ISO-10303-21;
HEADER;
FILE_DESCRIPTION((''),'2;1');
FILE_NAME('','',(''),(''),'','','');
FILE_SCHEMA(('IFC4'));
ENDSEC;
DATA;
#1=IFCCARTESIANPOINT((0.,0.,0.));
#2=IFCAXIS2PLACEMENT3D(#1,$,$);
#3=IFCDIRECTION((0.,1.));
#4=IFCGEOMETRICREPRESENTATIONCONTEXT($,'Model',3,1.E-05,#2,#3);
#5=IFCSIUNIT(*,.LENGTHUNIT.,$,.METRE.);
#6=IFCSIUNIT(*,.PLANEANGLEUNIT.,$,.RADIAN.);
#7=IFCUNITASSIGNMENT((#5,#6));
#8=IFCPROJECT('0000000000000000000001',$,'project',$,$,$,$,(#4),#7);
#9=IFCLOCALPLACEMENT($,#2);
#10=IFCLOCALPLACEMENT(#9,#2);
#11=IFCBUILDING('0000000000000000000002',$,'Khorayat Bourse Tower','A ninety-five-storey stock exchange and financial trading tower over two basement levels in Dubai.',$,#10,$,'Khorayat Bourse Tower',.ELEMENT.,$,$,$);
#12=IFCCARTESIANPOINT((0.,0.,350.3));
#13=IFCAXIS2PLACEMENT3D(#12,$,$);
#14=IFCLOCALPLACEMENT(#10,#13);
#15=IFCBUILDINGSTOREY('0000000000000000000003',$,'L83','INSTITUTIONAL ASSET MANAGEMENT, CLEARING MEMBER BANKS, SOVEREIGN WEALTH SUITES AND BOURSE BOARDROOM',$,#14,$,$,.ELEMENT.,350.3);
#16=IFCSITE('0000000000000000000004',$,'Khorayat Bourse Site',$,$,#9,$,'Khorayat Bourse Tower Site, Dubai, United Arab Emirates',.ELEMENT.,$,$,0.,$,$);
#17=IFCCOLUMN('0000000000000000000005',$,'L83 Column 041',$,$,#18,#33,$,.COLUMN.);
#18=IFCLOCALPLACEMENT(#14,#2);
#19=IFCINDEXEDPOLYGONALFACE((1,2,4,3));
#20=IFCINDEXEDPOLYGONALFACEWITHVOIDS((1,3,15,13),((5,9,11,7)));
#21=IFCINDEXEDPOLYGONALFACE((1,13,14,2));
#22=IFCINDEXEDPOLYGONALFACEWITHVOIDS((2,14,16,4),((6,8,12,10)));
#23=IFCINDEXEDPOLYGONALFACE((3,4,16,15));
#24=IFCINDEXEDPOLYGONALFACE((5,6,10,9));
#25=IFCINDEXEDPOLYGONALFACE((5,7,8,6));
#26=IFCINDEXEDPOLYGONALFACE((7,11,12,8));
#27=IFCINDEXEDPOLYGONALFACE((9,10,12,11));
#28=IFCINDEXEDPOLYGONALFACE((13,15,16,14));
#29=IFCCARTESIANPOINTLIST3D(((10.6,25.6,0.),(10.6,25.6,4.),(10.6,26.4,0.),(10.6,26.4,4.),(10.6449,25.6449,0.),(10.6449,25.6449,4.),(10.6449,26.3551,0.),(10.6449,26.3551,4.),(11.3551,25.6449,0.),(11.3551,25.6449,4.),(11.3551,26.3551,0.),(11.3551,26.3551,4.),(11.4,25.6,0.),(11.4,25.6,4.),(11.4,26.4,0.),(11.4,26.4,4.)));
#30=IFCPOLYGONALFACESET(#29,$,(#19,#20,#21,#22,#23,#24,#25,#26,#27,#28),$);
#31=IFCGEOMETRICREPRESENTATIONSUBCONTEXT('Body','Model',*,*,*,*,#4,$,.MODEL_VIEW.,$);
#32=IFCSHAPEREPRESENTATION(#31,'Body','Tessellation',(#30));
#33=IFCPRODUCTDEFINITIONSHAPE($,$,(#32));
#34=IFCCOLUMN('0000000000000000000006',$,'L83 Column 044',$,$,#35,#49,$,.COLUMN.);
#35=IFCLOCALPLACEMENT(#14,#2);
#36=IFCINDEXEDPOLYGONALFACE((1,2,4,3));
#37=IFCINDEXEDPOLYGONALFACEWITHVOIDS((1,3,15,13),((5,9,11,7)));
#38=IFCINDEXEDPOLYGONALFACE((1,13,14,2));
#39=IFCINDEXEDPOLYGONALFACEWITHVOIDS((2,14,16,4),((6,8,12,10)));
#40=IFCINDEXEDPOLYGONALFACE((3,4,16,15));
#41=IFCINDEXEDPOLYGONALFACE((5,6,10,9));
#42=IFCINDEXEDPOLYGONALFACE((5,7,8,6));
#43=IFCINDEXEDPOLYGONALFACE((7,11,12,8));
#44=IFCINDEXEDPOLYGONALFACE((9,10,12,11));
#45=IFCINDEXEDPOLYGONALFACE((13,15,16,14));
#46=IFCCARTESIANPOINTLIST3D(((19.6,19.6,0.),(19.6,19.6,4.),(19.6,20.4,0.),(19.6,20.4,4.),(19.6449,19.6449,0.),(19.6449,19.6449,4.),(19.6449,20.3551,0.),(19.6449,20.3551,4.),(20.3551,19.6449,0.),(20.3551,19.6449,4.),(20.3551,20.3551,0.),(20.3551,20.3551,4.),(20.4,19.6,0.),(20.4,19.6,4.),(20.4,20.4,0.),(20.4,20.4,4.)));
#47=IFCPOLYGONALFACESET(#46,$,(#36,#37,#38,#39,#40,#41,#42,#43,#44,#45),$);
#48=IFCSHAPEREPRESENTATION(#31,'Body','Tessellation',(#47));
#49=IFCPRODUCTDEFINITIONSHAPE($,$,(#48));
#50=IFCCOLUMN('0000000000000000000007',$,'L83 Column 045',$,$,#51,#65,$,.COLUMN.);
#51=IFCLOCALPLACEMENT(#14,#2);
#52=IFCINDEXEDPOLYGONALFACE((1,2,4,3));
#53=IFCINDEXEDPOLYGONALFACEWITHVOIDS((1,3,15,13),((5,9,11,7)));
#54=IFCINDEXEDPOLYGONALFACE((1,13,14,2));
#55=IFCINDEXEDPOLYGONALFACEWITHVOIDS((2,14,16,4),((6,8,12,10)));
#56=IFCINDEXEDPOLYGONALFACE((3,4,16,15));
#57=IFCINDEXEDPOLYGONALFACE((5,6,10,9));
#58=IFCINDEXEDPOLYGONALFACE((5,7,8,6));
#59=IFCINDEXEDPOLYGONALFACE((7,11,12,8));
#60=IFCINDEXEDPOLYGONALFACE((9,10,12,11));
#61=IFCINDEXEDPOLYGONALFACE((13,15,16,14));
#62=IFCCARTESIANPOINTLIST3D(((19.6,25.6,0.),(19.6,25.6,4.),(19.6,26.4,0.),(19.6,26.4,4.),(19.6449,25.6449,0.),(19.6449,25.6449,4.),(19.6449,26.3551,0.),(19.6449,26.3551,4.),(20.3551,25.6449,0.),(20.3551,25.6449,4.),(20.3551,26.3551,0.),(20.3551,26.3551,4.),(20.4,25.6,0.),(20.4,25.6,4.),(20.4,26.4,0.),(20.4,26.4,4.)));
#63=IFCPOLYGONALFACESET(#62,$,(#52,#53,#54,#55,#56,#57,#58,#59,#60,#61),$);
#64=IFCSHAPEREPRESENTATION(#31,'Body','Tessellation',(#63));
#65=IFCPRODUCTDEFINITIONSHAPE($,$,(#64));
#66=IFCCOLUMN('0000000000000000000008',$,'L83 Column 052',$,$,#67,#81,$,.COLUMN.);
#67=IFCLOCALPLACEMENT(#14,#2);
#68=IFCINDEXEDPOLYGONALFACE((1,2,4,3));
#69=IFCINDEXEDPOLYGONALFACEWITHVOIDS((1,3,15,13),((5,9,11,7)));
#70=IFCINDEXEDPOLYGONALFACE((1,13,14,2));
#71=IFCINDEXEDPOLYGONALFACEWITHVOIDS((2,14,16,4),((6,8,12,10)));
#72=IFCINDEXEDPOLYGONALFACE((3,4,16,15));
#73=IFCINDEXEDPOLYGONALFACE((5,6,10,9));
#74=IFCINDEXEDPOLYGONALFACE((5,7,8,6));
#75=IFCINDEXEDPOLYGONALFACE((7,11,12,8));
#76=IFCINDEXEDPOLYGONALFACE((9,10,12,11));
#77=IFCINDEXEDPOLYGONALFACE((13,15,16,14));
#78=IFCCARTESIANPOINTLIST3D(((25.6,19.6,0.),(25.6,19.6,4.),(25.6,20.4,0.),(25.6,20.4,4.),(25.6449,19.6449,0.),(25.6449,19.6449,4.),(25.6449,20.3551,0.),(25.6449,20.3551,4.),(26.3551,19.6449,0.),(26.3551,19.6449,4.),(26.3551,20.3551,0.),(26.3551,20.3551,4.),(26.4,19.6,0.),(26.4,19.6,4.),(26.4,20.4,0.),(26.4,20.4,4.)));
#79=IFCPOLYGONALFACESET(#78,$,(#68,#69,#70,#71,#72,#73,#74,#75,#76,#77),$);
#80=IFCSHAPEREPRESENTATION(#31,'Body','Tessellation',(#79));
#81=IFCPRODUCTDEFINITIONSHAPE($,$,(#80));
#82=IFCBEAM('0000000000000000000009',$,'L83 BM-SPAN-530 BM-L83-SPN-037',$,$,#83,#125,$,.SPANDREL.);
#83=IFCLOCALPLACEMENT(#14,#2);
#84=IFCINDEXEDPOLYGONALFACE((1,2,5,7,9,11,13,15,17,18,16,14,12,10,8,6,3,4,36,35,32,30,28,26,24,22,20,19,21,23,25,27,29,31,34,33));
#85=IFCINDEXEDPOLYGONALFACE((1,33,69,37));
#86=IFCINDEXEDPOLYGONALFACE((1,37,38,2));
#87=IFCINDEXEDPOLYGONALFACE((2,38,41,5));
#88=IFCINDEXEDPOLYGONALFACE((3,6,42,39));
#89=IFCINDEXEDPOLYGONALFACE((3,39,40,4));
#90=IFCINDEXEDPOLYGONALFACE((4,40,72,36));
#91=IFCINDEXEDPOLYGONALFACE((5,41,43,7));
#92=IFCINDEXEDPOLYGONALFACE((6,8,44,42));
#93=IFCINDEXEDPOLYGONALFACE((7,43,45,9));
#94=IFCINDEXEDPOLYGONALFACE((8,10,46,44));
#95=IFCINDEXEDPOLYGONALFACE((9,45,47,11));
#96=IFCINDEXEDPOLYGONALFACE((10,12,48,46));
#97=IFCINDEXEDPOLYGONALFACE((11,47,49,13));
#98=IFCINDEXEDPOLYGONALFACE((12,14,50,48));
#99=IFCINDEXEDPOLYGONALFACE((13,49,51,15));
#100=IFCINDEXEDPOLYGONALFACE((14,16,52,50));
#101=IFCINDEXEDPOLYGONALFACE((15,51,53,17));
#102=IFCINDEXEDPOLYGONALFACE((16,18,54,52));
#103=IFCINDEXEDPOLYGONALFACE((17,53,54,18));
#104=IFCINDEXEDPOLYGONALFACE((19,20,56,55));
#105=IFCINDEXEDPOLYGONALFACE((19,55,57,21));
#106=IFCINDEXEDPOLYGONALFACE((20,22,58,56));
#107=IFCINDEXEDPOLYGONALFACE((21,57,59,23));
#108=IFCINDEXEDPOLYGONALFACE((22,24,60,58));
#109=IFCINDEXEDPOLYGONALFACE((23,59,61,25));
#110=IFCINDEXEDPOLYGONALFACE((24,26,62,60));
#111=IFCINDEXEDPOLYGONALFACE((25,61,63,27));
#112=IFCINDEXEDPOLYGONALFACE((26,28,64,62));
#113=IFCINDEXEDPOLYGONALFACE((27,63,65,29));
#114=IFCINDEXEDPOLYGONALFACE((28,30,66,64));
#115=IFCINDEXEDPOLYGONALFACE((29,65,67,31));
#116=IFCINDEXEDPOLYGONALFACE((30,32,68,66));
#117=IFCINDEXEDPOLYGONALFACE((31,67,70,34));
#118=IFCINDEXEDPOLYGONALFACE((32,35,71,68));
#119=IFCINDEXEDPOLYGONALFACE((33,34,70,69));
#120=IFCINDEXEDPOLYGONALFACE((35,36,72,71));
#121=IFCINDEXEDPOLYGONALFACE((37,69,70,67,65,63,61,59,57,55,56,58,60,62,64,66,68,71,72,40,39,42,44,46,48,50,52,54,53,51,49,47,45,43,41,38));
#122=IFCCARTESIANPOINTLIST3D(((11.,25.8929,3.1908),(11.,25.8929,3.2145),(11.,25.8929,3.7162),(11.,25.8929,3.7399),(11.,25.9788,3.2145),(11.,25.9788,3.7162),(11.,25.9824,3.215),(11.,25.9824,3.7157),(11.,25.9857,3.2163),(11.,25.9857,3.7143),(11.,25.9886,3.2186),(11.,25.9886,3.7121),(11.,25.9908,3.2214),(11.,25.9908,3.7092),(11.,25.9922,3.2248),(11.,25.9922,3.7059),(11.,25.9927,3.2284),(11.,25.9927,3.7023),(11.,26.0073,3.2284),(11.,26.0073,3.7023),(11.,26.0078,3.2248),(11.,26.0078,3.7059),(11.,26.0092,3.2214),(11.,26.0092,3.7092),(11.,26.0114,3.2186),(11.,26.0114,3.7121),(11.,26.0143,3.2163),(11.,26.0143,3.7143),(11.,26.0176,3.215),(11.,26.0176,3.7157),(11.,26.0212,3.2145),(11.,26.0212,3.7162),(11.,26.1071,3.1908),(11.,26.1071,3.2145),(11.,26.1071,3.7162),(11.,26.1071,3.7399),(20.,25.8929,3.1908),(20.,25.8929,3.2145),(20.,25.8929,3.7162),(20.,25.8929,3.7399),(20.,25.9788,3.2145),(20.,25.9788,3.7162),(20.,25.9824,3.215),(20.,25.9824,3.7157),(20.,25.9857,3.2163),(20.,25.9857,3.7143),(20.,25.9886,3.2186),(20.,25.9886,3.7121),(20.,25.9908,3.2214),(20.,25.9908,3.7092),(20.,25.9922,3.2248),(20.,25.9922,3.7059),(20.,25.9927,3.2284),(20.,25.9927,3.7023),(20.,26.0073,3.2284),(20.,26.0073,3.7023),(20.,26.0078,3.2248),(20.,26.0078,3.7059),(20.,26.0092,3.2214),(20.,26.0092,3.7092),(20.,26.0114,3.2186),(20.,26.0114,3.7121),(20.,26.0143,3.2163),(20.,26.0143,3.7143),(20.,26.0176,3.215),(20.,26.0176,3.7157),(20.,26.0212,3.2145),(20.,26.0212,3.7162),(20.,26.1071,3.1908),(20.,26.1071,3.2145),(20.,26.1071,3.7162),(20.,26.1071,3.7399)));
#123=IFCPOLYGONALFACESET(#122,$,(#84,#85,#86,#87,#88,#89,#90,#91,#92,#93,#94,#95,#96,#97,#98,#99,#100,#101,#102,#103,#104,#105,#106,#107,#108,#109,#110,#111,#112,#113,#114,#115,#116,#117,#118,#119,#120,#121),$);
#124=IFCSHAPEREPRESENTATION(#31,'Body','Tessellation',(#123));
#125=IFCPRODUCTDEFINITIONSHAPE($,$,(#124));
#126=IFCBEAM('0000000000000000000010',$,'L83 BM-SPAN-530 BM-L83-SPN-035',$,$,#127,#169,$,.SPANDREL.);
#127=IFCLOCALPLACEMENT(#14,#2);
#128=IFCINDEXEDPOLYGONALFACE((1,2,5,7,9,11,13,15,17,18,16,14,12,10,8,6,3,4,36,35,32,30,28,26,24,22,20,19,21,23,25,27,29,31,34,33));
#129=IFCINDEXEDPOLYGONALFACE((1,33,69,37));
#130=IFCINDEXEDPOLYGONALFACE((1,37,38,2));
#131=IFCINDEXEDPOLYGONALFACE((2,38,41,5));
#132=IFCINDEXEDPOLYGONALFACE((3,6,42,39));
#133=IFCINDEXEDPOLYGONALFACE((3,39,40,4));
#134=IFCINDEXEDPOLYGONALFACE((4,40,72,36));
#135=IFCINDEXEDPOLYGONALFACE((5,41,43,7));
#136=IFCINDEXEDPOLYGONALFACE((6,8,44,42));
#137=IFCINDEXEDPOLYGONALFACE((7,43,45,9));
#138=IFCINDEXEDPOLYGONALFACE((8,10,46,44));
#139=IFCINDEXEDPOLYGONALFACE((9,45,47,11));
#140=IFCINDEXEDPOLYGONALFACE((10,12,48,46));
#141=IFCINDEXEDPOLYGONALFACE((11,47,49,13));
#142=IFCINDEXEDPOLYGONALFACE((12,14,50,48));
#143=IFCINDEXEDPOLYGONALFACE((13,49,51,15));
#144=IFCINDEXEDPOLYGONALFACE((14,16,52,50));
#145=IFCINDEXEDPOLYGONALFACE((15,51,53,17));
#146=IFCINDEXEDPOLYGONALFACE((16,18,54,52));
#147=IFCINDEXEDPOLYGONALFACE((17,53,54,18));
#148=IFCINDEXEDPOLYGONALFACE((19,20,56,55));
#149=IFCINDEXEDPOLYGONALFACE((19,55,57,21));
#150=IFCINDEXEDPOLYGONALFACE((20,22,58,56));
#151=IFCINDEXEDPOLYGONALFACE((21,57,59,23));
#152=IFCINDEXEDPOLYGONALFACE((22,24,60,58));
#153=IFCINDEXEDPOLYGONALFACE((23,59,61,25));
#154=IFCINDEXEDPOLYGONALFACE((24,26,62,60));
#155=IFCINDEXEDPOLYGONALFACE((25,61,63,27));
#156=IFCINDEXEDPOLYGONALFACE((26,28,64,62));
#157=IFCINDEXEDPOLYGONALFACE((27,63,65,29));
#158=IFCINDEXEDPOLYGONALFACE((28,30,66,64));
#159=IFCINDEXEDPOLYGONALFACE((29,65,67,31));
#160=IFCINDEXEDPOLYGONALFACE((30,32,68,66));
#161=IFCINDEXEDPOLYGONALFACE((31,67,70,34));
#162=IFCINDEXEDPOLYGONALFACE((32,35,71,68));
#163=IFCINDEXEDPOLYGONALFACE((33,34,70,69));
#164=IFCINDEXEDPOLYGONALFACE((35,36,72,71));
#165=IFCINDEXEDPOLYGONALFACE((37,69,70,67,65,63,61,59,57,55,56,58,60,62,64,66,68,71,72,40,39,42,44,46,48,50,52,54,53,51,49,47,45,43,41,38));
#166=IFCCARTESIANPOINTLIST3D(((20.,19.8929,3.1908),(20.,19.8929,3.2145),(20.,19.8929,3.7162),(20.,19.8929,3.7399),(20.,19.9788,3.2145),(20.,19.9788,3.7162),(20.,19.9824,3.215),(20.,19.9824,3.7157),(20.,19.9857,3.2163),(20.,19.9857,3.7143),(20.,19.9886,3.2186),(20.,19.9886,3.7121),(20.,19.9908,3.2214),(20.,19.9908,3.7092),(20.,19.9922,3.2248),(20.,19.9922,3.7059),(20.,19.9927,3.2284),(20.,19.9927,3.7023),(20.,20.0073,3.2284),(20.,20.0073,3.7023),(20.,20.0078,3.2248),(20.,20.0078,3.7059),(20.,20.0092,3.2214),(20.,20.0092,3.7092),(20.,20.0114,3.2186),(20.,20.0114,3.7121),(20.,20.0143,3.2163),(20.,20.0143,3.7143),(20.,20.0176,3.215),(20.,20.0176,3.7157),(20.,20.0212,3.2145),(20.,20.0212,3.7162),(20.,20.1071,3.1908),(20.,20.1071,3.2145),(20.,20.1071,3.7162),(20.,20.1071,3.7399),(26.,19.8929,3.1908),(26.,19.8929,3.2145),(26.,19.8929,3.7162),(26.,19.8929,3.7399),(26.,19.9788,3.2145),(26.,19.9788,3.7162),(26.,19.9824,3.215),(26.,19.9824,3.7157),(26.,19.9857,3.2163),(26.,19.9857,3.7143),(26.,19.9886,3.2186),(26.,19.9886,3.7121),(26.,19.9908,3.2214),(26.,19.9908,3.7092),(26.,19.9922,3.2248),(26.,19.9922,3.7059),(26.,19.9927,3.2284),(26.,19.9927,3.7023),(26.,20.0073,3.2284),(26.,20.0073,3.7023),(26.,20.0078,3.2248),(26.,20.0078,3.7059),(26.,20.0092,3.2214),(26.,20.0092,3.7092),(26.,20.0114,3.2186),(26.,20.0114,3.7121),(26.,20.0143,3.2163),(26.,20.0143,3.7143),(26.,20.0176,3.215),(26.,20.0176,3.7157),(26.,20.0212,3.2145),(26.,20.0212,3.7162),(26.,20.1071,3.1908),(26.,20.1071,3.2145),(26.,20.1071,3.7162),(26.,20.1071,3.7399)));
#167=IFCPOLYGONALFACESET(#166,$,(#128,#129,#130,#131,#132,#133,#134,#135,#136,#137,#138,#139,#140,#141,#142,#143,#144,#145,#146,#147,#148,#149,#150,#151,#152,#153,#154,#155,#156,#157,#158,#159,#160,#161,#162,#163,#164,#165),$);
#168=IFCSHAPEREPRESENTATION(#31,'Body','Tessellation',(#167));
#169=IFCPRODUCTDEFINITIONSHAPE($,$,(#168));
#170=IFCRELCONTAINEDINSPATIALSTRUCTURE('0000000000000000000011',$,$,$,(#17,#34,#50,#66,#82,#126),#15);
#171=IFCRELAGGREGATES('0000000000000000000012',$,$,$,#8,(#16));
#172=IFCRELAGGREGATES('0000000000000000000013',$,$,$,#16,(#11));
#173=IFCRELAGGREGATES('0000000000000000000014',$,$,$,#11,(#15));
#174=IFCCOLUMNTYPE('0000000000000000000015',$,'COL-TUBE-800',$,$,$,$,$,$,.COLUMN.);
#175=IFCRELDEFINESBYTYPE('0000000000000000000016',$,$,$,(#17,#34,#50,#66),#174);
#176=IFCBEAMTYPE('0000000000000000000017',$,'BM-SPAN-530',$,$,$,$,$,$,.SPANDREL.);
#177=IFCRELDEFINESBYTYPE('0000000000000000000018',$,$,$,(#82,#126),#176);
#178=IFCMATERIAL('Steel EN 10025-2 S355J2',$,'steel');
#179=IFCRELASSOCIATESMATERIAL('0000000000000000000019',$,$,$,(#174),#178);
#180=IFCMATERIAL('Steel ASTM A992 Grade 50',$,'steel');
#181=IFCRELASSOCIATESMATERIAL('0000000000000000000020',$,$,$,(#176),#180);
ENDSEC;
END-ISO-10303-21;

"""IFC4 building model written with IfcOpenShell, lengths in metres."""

from ifc_helpers import new_model, si_unit, direction, frame, origin, origin_2d, place, context, subcontext, project, spatial, hollow_rectangle, i_section, extrude, source, transform, mapped, material, material_profile, profile_set, type_object, element, save


model = new_model("IFC4")

# Units and contexts
model_context = context("Model", 3, precision=1e-05, world=origin(), true_north=direction((0.0, 1.0)))
body_context = subcontext(model_context, "Body", "Model", "MODEL_VIEW")
ifc_project = project(units=[si_unit("LENGTHUNIT", "METRE"), si_unit("PLANEANGLEUNIT", "RADIAN")], contexts=[model_context])

# Site, building, storey
site_placement = place(None, origin())
site = spatial("IfcSite", under=ifc_project, at=site_placement, Name="Khorayat Bourse Site", LongName="Khorayat Bourse Tower Site, Dubai, United Arab Emirates", CompositionType="ELEMENT", RefElevation=0.0)
building_placement = place(site_placement, origin())
building = spatial("IfcBuilding", under=site, at=building_placement, Name="Khorayat Bourse Tower", Description="A ninety-five-storey stock exchange and financial trading tower over two basement levels in Dubai.", LongName="Khorayat Bourse Tower", CompositionType="ELEMENT")
storey_placement = place(building_placement, frame((0.0, 0.0, 350.3)))
storey = spatial("IfcBuildingStorey", under=building, at=storey_placement, Name="L83", Description="INSTITUTIONAL ASSET MANAGEMENT, CLEARING MEMBER BANKS, SOVEREIGN WEALTH SUITES AND BOURSE BOARDROOM", CompositionType="ELEMENT", Elevation=350.3)

# Columns
ifc_material_1 = material(Name="Steel EN 10025-2 S355J2", Category="steel")
ifc_material_profile_1 = material_profile(ifc_material_1, hollow_rectangle(XDim=0.8, YDim=0.8, WallThickness=0.0449, at=origin_2d()), Name="BOX 800x800x45")
ifc_profile_set_1 = profile_set([ifc_material_profile_1], Name="Steel EN 10025-2 S355J2")
column_type = type_object("IfcColumnType", Name="COL-TUBE-800", PredefinedType="COLUMN", material=ifc_profile_set_1)
shared_shape_1 = source(origin(), body_context, "Body", "SweptSolid", [
    extrude(hollow_rectangle(XDim=0.8, YDim=0.8, WallThickness=0.0449, at=origin_2d()), origin(), (0.0, 0.0, 1.0), 4.0),
])
for number, where, z_axis, x_axis, name in (
    (1, (11.0, 26.0, 0.0), (0.0, 0.0, 1.0), (1.0, 0.0, 0.0), "L83 Column 041"),
    (2, (20.0, 20.0, 0.0), (0.0, 0.0, 1.0), (1.0, 0.0, 0.0), "L83 Column 044"),
    (3, (20.0, 26.0, 0.0), (0.0, 0.0, 1.0), (1.0, 0.0, 0.0), "L83 Column 045"),
    (4, (26.0, 20.0, 0.0), (0.0, 0.0, 1.0), (1.0, 0.0, 0.0), "L83 Column 052"),
):
    element("IfcColumn", number, at=place(storey_placement, frame(where, z_axis=z_axis, x_axis=x_axis)), inside=storey, type_object=column_type, Name=name, PredefinedType="COLUMN", context=body_context, shape_type="MappedRepresentation", body=[
        mapped(shared_shape_1, transform((0.0, 0.0, 0.0), scale=1.0)),
    ])

# Beams
ifc_material_2 = material(Name="Steel ASTM A992 Grade 50", Category="steel")
ifc_material_profile_2 = material_profile(ifc_material_2, i_section(OverallWidth=0.2141, OverallDepth=0.5491, WebThickness=0.0146, FlangeThickness=0.0237, FilletRadius=0.0139, at=origin_2d()), Name="W530X138")
ifc_profile_set_2 = profile_set([ifc_material_profile_2], Name="Steel ASTM A992 Grade 50")
beam_type = type_object("IfcBeamType", Name="BM-SPAN-530", PredefinedType="SPANDREL", material=ifc_profile_set_2)
shared_shape_2 = source(origin(), body_context, "Body", "SweptSolid", [
    extrude(i_section(OverallWidth=0.2141, OverallDepth=0.5491, WebThickness=0.0146, FlangeThickness=0.0237, FilletRadius=0.0139, at=origin_2d()), origin(), (0.0, 0.0, 1.0), 9.0),
])
beam_placement = place(storey_placement, frame((11.0, 26.0, 3.4653), z_axis=(1.0, 0.0, 0.0), x_axis=(0.0, 1.0, 0.0)))
element("IfcBeam", 5, at=beam_placement, inside=storey, type_object=beam_type, Name="L83 BM-SPAN-530 BM-L83-SPN-037", PredefinedType="SPANDREL", context=body_context, shape_type="MappedRepresentation", body=[
    mapped(shared_shape_2, transform((0.0, 0.0, 0.0), scale=1.0)),
])
shared_shape_3 = source(origin(), body_context, "Body", "SweptSolid", [
    extrude(i_section(OverallWidth=0.2141, OverallDepth=0.5491, WebThickness=0.0146, FlangeThickness=0.0237, FilletRadius=0.0139, at=origin_2d()), origin(), (0.0, 0.0, 1.0), 6.0),
])
for number, where, z_axis, x_axis, name in (
    (6, (20.0, 20.0, 3.4653), (1.0, 0.0, 0.0), (0.0, 1.0, 0.0), "L83 BM-SPAN-530 BM-L83-SPN-035"),
):
    element("IfcBeam", number, at=place(storey_placement, frame(where, z_axis=z_axis, x_axis=x_axis)), inside=storey, type_object=beam_type, Name=name, PredefinedType="SPANDREL", context=body_context, shape_type="MappedRepresentation", body=[
        mapped(shared_shape_3, transform((0.0, 0.0, 0.0), scale=1.0)),
    ])

save(model, "model.ifc")
